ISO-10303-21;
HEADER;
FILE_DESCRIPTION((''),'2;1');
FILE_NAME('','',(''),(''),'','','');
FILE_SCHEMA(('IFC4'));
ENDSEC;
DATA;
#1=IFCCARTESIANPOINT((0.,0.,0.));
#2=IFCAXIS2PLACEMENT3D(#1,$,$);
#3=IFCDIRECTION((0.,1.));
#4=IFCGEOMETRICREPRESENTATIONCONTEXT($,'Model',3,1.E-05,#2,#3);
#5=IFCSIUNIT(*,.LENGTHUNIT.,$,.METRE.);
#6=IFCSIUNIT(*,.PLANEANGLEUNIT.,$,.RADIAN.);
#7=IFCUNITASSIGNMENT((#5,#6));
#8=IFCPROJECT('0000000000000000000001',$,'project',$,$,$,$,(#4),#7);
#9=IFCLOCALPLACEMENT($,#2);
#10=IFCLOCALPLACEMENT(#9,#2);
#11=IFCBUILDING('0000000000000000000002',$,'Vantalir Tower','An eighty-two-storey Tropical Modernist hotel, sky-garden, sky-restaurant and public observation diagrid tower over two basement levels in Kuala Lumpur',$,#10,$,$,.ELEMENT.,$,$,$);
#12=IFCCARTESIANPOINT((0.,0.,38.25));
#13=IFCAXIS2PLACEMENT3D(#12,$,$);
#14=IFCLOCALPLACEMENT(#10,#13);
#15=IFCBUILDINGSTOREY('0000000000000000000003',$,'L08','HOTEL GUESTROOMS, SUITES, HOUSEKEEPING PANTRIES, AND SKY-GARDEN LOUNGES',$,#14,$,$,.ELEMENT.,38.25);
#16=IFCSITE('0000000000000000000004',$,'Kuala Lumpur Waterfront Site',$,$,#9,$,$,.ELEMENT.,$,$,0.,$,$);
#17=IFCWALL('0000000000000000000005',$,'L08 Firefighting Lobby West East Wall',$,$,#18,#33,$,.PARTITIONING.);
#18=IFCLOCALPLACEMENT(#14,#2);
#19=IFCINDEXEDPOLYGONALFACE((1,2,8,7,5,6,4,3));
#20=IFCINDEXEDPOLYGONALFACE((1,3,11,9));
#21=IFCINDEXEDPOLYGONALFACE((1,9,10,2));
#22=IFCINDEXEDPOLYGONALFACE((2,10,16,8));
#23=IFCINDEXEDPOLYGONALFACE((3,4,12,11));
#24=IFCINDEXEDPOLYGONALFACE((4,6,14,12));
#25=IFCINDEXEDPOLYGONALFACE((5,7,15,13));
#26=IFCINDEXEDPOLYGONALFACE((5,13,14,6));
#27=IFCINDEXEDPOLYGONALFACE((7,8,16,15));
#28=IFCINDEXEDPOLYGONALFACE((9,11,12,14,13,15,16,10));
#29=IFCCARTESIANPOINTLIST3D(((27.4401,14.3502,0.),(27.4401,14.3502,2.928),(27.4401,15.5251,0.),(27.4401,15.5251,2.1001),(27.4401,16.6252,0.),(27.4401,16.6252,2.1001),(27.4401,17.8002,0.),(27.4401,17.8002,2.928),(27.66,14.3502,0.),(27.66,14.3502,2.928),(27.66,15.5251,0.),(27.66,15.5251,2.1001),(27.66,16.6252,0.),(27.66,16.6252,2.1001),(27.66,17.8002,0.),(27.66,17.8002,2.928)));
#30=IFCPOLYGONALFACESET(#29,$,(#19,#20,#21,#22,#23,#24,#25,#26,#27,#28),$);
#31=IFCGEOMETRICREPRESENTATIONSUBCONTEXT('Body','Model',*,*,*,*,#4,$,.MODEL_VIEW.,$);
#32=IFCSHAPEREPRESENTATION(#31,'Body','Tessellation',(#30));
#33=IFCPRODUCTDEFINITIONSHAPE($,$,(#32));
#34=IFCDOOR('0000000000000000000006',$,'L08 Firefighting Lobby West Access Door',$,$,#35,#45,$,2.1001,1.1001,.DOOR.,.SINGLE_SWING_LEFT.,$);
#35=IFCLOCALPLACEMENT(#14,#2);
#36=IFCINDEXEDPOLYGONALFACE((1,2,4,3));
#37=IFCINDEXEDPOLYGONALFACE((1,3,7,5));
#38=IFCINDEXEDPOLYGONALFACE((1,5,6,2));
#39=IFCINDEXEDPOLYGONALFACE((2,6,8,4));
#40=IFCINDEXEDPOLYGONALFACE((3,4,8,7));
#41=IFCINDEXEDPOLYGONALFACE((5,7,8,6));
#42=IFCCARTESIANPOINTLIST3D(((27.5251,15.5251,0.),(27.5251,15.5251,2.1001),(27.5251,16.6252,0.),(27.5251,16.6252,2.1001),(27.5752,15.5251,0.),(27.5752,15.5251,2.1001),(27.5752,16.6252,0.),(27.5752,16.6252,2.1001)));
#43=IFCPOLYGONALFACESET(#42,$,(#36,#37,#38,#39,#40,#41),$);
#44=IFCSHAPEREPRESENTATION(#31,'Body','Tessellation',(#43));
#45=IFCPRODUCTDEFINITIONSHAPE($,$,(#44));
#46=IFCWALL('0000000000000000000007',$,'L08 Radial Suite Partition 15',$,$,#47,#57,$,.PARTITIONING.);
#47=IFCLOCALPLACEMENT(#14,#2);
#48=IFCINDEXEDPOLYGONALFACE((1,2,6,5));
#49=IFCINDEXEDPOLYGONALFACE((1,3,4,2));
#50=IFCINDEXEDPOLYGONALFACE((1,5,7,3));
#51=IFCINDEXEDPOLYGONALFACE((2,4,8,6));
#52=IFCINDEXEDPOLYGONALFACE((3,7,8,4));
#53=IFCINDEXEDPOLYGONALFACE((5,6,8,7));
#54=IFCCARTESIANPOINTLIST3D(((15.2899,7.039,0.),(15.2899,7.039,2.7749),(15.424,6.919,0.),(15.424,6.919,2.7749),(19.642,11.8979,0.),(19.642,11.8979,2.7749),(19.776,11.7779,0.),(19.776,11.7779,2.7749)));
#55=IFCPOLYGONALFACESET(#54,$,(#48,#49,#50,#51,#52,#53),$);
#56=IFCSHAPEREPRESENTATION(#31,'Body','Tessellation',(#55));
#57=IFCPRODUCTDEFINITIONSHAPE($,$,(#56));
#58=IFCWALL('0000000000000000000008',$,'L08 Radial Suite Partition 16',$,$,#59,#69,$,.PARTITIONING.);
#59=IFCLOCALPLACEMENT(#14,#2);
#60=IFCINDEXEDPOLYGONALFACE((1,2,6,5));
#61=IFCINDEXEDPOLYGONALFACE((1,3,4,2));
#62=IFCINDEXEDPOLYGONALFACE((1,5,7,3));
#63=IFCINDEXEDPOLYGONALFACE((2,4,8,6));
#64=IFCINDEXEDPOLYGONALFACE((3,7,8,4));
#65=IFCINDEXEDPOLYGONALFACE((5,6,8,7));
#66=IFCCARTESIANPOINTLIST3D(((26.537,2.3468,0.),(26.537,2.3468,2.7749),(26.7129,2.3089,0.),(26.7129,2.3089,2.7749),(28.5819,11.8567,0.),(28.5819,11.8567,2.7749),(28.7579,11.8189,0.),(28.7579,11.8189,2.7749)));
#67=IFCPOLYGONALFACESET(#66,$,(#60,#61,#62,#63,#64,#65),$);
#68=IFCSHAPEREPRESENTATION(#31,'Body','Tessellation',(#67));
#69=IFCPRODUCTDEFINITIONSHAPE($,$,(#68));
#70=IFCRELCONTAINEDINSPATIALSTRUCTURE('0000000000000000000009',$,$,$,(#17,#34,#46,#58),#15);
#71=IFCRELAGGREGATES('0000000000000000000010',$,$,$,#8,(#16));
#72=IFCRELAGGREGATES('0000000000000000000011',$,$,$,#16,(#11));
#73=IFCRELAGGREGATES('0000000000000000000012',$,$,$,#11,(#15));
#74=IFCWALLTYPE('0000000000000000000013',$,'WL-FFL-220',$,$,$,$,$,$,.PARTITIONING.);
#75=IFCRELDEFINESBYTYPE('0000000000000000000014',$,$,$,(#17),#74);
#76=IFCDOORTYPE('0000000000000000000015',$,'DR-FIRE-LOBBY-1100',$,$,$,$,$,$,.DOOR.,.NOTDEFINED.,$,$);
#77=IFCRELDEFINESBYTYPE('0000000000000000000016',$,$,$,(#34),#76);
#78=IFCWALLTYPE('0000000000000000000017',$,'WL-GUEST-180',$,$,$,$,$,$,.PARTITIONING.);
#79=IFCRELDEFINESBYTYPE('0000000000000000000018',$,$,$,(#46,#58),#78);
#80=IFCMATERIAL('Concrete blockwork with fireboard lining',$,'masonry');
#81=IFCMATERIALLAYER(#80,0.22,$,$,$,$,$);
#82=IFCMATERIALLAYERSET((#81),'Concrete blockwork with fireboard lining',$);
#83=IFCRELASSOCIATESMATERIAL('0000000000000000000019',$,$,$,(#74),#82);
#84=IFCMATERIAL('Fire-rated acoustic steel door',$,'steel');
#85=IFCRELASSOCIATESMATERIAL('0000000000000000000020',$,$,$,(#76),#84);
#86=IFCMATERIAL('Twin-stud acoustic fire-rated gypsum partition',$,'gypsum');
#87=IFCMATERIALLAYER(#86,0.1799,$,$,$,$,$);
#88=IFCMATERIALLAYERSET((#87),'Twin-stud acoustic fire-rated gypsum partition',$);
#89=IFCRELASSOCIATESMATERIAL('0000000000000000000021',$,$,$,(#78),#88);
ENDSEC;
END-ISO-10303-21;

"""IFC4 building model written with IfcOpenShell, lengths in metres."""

from ifc_helpers import new_model, si_unit, direction, frame, frame_2d, origin, place, context, subcontext, project, spatial, rectangle, extrude, material, layer, layer_set, type_object, element, fill, save


model = new_model("IFC4")

# Units and contexts
model_context = context("Model", 3, precision=1e-05, world=origin(), true_north=direction((0.0, 1.0)))
body_context = subcontext(model_context, "Body", "Model", "MODEL_VIEW")
ifc_project = project(units=[si_unit("LENGTHUNIT", "METRE"), si_unit("PLANEANGLEUNIT", "RADIAN")], contexts=[model_context])

# Site, building, storey
site_placement = place(None, origin())
site = spatial("IfcSite", under=ifc_project, at=site_placement, Name="Kuala Lumpur Waterfront Site", CompositionType="ELEMENT", RefElevation=0.0)
building_placement = place(site_placement, origin())
building = spatial("IfcBuilding", under=site, at=building_placement, Name="Vantalir Tower", Description="An eighty-two-storey Tropical Modernist hotel, sky-garden, sky-restaurant and public observation diagrid tower over two basement levels in Kuala Lumpur", CompositionType="ELEMENT")
storey_placement = place(building_placement, frame((0.0, 0.0, 38.25)))
storey = spatial("IfcBuildingStorey", under=building, at=storey_placement, Name="L08", Description="HOTEL GUESTROOMS, SUITES, HOUSEKEEPING PANTRIES, AND SKY-GARDEN LOUNGES", CompositionType="ELEMENT", Elevation=38.25)

# Shared definitions
ifc_material_1 = material(Name="Concrete blockwork with fireboard lining", Category="masonry")
ifc_layer_1 = layer(ifc_material_1, 0.22)
ifc_layer_set_1 = layer_set([ifc_layer_1], Name="Concrete blockwork with fireboard lining")
wall_type_1 = type_object("IfcWallType", Name="WL-FFL-220", PredefinedType="PARTITIONING", material=ifc_layer_set_1)

# Wall, opening, door
wall_1_placement = place(storey_placement, frame((27.55, 14.3501, 0.0), z_axis=(0.0, 0.0, 1.0), x_axis=(0.0, 1.0, 0.0)))
wall_1 = element("IfcWall", 1, at=wall_1_placement, inside=storey, type_object=wall_type_1, Name="L08 Firefighting Lobby West East Wall", PredefinedType="PARTITIONING", context=body_context, shape_type="SweptSolid", body=[
    extrude(rectangle(XDim=3.45, YDim=0.22, at=frame_2d((1.7251, 0.0))), origin(), (0.0, 0.0, 1.0), 2.928),
])
opening_1_placement = place(wall_1_placement, frame((1.175, 0.0, 0.0)))
opening_1 = element("IfcOpeningElement", 2, at=opening_1_placement, cuts=wall_1, PredefinedType="OPENING", context=body_context, shape_type="SweptSolid", body=[
    extrude(rectangle(XDim=1.1001, YDim=2.1001, at=frame_2d((0.55, 1.05))), frame((0.0, 0.1199, 0.0), z_axis=(0.0, -1.0, 0.0), x_axis=(1.0, 0.0, 0.0)), (0.0, 0.0, 1.0), 0.24),
])
ifc_material_2 = material(Name="Fire-rated acoustic steel door", Category="steel")
door_type_1 = type_object("IfcDoorType", Name="DR-FIRE-LOBBY-1100", OperationType="NOTDEFINED", PredefinedType="DOOR", material=ifc_material_2)
door_1_placement = place(opening_1_placement, origin())
door_1 = element("IfcDoor", 3, at=door_1_placement, inside=storey, type_object=door_type_1, Name="L08 Firefighting Lobby West Access Door", OperationType="SINGLE_SWING_LEFT", OverallHeight=2.1001, OverallWidth=1.1001, PredefinedType="DOOR", context=body_context, shape_type="SweptSolid", body=[
    extrude(rectangle(XDim=1.1001, YDim=2.1001, at=frame_2d((0.55, 1.05))), frame((0.0, 0.0249, 0.0), z_axis=(0.0, -1.0, 0.0), x_axis=(1.0, 0.0, 0.0)), (0.0, 0.0, 1.0), 0.05),
])
fill(opening_1, door_1)

# Walls
ifc_material_3 = material(Name="Twin-stud acoustic fire-rated gypsum partition", Category="gypsum")
ifc_layer_2 = layer(ifc_material_3, 0.1799)
ifc_layer_set_2 = layer_set([ifc_layer_2], Name="Twin-stud acoustic fire-rated gypsum partition")
wall_type_2 = type_object("IfcWallType", Name="WL-GUEST-180", PredefinedType="PARTITIONING", material=ifc_layer_set_2)
wall_2_placement = place(storey_placement, frame((19.709, 11.8379, 0.0), z_axis=(0.0, 0.0, 1.0), x_axis=(-0.667189, -0.744889, 0.0)))
element("IfcWall", 4, at=wall_2_placement, inside=storey, type_object=wall_type_2, Name="L08 Radial Suite Partition 15", PredefinedType="PARTITIONING", context=body_context, shape_type="SweptSolid", body=[
    extrude(rectangle(XDim=6.5229, YDim=0.1799, at=frame_2d((3.2615, 0.0))), origin(), (0.0, 0.0, 1.0), 2.7749),
])
wall_3_placement = place(storey_placement, frame((28.6699, 11.8379, 0.0), z_axis=(0.0, 0.0, 1.0), x_axis=(-0.210223, -0.977653, 0.0)))
element("IfcWall", 5, at=wall_3_placement, inside=storey, type_object=wall_type_2, Name="L08 Radial Suite Partition 16", PredefinedType="PARTITIONING", context=body_context, shape_type="SweptSolid", body=[
    extrude(rectangle(XDim=9.7273, YDim=0.1799, at=frame_2d((4.8638, 0.0))), origin(), (0.0, 0.0, 1.0), 2.7749),
])

save(model, "model.ifc")
